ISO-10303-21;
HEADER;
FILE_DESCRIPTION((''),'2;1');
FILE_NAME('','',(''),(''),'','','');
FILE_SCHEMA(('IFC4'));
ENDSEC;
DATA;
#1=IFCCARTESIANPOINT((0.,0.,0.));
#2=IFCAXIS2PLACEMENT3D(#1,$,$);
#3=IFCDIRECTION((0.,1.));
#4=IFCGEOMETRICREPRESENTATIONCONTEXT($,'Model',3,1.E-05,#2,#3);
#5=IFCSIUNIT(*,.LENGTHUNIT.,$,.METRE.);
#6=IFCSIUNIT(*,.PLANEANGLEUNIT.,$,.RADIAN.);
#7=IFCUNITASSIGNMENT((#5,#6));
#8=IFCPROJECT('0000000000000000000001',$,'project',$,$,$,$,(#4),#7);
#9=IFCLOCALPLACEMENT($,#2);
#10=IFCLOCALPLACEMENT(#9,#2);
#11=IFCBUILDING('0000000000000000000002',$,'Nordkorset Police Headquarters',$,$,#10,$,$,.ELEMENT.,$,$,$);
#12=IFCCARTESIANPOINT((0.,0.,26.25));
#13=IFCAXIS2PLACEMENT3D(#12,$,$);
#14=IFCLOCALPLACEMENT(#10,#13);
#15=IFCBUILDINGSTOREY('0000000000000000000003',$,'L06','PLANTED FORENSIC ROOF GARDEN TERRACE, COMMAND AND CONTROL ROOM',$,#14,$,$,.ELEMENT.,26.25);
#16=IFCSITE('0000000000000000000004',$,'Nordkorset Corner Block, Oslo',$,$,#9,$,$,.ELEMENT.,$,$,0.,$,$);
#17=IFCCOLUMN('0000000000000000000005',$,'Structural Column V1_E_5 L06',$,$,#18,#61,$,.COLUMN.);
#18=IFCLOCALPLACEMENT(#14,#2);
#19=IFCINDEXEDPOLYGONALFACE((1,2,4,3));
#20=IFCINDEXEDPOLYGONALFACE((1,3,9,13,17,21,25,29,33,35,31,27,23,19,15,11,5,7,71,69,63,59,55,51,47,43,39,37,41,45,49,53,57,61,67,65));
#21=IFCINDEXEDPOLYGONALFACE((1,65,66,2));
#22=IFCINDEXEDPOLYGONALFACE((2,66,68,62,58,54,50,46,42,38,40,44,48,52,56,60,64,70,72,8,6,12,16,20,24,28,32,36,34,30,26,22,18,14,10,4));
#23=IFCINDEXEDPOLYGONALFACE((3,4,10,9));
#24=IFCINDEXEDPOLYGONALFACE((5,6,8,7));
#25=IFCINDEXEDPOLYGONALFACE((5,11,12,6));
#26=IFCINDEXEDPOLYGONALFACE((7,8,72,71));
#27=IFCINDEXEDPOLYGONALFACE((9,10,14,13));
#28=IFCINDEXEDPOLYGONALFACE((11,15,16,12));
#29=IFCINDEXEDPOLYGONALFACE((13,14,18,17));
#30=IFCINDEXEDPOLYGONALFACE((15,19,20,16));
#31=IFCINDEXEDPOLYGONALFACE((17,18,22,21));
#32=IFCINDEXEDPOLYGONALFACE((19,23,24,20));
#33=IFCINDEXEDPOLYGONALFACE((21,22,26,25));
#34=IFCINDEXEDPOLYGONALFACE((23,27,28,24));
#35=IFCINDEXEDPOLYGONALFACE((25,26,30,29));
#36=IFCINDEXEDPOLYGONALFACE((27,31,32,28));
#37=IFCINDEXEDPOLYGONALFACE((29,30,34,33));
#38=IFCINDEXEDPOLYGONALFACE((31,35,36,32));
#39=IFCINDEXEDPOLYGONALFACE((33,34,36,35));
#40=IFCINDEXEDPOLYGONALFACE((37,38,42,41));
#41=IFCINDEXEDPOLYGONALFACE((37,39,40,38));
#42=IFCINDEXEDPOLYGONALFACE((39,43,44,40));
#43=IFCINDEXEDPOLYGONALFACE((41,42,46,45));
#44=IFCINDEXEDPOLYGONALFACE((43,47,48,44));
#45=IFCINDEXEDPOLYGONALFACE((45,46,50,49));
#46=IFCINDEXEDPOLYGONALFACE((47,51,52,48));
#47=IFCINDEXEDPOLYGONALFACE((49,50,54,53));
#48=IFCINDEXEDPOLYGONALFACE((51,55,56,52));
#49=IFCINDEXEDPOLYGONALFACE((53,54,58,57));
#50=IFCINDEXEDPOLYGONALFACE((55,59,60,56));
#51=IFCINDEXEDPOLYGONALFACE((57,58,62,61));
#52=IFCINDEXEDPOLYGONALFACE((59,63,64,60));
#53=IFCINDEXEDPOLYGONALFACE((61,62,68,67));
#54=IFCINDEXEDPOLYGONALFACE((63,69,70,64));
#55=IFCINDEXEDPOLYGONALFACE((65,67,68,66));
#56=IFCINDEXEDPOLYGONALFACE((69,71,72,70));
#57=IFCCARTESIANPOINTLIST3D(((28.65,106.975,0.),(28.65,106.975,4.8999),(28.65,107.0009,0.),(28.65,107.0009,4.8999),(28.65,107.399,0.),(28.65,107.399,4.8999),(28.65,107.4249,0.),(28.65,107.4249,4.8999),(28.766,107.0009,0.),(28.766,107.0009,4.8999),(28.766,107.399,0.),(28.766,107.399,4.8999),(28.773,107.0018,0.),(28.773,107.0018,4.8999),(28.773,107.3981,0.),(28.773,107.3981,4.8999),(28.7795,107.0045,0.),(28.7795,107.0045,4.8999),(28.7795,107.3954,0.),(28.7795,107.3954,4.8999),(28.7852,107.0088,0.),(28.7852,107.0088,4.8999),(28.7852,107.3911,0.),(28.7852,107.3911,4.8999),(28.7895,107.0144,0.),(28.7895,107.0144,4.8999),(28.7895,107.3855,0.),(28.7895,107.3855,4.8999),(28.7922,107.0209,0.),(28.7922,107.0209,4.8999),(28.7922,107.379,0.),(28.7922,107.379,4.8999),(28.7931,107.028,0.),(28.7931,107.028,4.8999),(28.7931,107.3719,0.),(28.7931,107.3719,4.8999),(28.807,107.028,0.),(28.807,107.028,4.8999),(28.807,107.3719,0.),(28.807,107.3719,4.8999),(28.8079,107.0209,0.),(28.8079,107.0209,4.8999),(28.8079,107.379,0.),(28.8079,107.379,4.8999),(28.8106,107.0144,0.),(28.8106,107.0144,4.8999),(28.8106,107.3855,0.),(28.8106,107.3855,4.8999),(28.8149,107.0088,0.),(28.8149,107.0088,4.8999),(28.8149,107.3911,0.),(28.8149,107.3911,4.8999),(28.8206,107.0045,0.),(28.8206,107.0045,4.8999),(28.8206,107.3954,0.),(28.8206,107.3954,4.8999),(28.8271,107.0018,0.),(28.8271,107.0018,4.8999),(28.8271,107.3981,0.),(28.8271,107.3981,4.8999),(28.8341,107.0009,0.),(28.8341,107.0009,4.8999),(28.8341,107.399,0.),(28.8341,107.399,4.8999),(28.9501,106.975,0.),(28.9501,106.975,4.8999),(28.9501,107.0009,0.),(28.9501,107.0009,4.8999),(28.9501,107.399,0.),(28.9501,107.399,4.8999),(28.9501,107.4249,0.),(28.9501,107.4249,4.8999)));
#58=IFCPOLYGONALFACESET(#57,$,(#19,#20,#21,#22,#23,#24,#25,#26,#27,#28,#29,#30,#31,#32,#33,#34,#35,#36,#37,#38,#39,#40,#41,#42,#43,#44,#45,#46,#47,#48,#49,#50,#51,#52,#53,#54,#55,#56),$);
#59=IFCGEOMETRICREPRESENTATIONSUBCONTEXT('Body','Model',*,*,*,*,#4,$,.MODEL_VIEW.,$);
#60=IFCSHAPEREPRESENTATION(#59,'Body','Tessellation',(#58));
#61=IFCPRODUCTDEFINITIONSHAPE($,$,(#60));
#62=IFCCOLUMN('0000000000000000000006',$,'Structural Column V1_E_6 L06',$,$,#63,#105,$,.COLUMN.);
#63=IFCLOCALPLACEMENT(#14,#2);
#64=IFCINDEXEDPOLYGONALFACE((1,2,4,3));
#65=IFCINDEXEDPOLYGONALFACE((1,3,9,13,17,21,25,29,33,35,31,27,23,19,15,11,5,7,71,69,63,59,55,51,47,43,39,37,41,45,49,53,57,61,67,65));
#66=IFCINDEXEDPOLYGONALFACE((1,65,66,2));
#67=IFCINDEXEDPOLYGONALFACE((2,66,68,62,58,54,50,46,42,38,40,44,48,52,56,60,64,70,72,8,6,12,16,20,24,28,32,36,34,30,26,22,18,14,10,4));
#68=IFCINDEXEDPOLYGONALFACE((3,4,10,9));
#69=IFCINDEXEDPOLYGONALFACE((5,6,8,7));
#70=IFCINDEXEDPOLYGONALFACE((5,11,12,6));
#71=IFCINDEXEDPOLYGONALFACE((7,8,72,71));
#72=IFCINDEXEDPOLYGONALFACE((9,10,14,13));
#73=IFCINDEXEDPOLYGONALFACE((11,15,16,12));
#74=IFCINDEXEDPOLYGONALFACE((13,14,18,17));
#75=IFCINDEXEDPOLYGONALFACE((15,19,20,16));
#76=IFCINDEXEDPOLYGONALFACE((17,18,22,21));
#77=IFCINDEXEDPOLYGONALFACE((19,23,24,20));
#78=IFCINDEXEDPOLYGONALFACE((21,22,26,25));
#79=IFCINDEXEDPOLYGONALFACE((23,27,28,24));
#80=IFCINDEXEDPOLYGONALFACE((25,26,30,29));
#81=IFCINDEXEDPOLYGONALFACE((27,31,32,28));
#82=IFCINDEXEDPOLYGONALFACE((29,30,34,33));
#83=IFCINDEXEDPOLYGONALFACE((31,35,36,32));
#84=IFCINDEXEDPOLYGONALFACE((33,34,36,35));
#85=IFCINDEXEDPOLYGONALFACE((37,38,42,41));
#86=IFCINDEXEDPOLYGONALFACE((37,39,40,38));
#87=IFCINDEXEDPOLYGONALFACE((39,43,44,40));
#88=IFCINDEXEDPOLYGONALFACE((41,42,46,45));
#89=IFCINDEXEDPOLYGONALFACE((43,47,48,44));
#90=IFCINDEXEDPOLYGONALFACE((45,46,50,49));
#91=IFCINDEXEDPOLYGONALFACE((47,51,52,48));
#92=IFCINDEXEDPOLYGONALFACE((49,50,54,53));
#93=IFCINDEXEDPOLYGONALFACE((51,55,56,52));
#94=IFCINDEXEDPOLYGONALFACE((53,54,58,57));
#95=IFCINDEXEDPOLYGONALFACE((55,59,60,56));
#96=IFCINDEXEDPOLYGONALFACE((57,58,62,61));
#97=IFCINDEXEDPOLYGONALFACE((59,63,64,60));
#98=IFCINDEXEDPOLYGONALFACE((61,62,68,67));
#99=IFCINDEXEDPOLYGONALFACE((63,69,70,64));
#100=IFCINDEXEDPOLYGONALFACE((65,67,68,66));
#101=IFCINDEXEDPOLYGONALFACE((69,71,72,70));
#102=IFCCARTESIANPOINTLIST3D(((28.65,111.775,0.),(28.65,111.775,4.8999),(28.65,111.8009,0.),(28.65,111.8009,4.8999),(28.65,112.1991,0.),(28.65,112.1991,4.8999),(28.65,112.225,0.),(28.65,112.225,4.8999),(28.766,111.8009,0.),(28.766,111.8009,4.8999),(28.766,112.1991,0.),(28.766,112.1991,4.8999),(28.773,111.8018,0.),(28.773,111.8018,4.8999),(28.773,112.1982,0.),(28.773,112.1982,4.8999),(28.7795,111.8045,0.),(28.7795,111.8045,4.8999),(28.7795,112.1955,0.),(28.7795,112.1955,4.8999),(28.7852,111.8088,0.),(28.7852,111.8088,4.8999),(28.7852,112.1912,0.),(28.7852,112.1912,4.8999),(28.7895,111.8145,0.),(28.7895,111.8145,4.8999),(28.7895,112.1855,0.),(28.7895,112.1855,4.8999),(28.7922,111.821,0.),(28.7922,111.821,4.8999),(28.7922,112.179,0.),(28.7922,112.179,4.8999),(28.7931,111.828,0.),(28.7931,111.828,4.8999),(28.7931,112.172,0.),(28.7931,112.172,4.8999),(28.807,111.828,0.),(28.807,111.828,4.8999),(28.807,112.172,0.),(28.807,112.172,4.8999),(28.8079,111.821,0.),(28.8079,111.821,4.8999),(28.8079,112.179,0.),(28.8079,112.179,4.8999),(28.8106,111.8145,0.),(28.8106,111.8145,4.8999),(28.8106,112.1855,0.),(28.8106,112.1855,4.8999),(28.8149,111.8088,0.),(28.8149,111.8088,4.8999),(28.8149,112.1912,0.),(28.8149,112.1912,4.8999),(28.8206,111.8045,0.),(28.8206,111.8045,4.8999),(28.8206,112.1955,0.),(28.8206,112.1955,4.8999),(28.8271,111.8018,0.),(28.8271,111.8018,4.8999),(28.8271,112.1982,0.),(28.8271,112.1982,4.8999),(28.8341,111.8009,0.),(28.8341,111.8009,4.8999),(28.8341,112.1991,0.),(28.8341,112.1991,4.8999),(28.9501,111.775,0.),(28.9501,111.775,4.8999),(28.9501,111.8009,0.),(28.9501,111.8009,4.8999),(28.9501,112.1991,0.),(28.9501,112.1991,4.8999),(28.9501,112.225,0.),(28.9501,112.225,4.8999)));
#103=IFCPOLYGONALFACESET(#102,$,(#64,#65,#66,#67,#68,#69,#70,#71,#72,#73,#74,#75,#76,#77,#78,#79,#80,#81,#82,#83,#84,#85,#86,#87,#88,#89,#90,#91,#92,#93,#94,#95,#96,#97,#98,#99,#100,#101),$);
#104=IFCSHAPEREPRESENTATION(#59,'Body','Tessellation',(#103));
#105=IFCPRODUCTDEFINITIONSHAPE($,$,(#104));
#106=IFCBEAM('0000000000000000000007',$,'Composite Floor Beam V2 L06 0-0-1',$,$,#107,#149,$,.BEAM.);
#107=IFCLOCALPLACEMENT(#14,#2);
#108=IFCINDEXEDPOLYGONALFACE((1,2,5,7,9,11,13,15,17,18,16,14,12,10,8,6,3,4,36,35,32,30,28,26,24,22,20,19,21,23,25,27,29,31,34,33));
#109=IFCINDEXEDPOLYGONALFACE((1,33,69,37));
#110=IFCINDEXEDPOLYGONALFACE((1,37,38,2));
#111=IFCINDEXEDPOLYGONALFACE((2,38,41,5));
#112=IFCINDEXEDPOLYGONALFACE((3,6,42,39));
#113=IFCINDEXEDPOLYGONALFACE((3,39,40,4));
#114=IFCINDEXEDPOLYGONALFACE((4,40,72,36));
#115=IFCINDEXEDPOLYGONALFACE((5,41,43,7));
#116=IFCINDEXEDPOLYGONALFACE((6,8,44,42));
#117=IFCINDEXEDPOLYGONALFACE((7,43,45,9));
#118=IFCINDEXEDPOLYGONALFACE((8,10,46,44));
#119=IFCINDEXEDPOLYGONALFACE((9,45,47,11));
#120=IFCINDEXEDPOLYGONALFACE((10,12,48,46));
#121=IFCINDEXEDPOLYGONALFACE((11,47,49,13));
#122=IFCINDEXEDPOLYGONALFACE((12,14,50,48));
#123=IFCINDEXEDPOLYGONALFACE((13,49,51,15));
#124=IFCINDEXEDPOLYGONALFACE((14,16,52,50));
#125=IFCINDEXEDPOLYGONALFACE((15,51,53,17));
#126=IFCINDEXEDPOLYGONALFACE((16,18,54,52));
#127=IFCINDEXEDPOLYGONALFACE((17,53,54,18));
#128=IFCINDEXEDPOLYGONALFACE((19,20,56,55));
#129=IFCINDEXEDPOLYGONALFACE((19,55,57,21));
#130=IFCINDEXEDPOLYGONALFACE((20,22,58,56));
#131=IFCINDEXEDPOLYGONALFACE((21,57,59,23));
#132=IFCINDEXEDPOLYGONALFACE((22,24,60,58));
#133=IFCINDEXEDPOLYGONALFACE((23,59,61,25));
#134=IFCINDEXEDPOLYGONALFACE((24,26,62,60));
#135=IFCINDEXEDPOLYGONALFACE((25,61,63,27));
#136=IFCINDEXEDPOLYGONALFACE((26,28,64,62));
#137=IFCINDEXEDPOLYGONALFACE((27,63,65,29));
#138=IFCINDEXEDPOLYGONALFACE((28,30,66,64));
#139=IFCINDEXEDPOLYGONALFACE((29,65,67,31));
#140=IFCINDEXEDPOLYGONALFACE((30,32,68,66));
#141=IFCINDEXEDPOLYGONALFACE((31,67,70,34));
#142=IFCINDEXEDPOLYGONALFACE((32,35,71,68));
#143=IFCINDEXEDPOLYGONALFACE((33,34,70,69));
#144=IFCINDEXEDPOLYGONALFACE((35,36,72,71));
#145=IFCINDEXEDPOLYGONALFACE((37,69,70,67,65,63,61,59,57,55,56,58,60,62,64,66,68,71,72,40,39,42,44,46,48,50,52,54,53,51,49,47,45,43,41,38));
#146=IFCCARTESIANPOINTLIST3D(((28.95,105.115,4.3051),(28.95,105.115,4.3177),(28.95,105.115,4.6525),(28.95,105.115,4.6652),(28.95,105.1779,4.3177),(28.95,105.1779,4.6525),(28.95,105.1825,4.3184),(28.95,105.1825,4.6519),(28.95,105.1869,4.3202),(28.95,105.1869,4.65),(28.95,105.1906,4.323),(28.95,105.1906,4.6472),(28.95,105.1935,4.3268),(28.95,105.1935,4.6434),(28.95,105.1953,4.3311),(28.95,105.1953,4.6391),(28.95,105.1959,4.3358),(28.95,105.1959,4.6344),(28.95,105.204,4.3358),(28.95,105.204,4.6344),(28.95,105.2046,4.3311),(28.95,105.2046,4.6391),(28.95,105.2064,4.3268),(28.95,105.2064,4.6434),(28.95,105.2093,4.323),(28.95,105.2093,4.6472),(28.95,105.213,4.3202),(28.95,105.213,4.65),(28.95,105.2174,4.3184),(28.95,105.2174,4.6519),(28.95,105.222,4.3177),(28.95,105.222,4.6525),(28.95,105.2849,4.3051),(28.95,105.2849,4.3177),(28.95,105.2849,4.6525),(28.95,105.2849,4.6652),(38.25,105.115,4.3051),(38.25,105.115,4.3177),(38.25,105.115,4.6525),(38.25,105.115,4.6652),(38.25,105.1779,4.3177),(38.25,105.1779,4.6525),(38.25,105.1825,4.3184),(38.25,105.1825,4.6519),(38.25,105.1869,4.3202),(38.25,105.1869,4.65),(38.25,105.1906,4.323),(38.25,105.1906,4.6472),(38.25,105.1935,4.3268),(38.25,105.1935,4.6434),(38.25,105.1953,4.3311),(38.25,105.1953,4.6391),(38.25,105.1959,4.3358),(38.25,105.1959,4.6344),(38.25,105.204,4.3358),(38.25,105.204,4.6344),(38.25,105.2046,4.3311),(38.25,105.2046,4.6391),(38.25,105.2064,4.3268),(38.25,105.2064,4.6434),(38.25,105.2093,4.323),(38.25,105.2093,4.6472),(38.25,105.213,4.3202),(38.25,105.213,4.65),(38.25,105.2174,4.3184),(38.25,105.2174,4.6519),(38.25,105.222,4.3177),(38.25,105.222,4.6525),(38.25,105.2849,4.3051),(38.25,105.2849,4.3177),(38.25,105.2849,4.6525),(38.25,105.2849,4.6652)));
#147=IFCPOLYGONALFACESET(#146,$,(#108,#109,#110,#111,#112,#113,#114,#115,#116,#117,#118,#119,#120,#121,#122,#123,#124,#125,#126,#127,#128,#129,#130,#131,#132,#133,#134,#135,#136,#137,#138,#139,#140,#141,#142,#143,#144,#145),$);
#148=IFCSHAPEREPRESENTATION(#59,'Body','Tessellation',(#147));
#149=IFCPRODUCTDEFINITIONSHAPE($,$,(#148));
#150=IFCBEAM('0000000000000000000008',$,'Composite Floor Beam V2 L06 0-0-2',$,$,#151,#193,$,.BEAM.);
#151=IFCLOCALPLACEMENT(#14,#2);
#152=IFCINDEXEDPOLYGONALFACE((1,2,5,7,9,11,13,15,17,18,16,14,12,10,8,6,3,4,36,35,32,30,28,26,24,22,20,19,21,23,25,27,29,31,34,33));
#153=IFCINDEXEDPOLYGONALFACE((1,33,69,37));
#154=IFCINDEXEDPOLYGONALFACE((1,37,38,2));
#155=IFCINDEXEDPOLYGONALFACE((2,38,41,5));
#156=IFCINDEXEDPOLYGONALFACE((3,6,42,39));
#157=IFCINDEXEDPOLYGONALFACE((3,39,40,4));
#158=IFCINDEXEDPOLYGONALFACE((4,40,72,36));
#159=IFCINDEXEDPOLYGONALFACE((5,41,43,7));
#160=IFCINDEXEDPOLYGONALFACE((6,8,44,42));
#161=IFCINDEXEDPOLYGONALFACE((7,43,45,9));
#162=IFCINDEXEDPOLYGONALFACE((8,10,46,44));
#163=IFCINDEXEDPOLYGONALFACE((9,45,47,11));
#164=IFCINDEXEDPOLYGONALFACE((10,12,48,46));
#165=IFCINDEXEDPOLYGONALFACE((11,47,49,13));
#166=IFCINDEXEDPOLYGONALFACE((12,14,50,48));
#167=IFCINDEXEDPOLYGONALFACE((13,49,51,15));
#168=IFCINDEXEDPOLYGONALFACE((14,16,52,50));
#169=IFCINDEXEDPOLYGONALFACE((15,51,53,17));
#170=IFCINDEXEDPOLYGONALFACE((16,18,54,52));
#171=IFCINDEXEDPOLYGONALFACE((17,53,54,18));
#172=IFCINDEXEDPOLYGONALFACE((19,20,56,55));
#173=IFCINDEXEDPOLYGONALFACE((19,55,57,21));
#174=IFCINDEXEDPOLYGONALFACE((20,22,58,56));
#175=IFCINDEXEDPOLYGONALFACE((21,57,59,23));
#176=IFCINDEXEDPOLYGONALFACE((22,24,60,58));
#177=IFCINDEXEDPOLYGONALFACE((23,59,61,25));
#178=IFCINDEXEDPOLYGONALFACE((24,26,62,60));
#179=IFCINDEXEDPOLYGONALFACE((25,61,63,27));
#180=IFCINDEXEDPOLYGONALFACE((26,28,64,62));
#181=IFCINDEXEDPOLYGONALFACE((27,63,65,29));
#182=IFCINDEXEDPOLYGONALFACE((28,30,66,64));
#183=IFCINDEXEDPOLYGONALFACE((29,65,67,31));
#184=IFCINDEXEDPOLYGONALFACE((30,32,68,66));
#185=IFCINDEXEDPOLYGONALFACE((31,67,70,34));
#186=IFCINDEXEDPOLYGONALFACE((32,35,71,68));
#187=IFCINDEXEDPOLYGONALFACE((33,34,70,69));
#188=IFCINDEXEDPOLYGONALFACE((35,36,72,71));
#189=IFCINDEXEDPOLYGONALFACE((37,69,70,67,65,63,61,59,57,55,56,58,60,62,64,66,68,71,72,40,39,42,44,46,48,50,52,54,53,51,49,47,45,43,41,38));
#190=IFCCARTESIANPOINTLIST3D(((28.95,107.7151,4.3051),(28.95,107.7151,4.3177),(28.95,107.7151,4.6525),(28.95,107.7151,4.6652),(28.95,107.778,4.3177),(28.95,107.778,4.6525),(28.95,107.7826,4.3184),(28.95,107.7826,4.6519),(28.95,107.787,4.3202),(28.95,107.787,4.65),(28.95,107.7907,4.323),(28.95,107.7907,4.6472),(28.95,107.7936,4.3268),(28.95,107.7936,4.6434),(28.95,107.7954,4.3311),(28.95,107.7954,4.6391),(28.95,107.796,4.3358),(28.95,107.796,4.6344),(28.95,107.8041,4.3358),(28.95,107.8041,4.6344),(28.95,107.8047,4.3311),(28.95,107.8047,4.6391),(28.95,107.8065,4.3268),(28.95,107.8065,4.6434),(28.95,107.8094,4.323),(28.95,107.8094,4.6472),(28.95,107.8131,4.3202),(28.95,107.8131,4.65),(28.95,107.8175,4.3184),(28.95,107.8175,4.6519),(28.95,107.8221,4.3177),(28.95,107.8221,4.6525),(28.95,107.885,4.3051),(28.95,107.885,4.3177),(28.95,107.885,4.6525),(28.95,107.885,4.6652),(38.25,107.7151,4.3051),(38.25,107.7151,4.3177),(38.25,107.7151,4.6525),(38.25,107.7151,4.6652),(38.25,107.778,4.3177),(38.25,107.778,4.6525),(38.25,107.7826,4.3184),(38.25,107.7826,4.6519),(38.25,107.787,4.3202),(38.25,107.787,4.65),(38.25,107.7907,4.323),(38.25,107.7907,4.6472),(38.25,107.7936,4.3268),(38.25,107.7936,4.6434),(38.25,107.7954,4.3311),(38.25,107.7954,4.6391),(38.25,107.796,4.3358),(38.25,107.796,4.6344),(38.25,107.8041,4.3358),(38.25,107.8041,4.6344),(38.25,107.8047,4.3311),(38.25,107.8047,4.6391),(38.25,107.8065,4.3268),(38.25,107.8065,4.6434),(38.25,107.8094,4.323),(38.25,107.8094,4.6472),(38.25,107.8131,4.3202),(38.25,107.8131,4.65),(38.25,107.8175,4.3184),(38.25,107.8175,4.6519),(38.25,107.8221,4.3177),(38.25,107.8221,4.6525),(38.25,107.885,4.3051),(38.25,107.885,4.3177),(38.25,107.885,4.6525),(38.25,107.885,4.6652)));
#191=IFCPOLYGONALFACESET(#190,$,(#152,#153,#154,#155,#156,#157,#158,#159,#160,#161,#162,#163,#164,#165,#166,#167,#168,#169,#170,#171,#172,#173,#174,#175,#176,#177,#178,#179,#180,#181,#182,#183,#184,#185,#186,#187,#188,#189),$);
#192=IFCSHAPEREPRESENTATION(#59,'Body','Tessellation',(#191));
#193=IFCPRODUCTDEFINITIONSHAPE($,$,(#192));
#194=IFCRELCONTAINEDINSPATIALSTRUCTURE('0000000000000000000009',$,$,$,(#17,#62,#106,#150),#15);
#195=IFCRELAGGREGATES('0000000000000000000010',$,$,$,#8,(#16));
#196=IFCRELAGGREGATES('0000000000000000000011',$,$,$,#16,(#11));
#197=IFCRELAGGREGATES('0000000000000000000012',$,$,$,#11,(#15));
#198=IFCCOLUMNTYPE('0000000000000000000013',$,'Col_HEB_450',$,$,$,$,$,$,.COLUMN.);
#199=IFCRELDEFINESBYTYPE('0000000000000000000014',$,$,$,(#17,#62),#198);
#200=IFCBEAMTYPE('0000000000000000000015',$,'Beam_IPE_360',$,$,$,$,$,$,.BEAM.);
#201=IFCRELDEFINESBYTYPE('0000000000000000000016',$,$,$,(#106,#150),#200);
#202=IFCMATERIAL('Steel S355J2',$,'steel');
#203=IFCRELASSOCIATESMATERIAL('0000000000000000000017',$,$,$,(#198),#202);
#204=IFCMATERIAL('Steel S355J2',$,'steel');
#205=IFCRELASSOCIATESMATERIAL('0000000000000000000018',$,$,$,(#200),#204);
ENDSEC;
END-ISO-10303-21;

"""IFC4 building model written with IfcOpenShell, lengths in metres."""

from ifc_helpers import new_model, si_unit, direction, frame, origin, origin_2d, place, context, subcontext, project, spatial, i_section, extrude, material, material_profile, profile_set, type_object, element, save


model = new_model("IFC4")

# Units and contexts
model_context = context("Model", 3, precision=1e-05, world=origin(), true_north=direction((0.0, 1.0)))
body_context = subcontext(model_context, "Body", "Model", "MODEL_VIEW")
ifc_project = project(units=[si_unit("LENGTHUNIT", "METRE"), si_unit("PLANEANGLEUNIT", "RADIAN")], contexts=[model_context])

# Site, building, storey
site_placement = place(None, origin())
site = spatial("IfcSite", under=ifc_project, at=site_placement, Name="Nordkorset Corner Block, Oslo", CompositionType="ELEMENT", RefElevation=0.0)
building_placement = place(site_placement, origin())
building = spatial("IfcBuilding", under=site, at=building_placement, Name="Nordkorset Police Headquarters", CompositionType="ELEMENT")
storey_placement = place(building_placement, frame((0.0, 0.0, 26.25)))
storey = spatial("IfcBuildingStorey", under=building, at=storey_placement, Name="L06", Description="PLANTED FORENSIC ROOF GARDEN TERRACE, COMMAND AND CONTROL ROOM", CompositionType="ELEMENT", Elevation=26.25)

# Columns
ifc_material_1 = material(Name="Steel S355J2", Category="steel")
ifc_material_profile_1 = material_profile(ifc_material_1, i_section(OverallWidth=0.3, OverallDepth=0.45, WebThickness=0.0139, FlangeThickness=0.0259, FilletRadius=0.0271, at=origin_2d()), Name="HEB 450")
ifc_profile_set_1 = profile_set([ifc_material_profile_1], Name="Steel S355J2")
column_type = type_object("IfcColumnType", Name="Col_HEB_450", PredefinedType="COLUMN", material=ifc_profile_set_1)
for number, where, z_axis, x_axis, name in (
    (1, (28.8, 107.2, 0.0), (0.0, 0.0, 1.0), (1.0, 0.0, 0.0), "Structural Column V1_E_5 L06"),
    (2, (28.8, 112.0, 0.0), (0.0, 0.0, 1.0), (1.0, 0.0, 0.0), "Structural Column V1_E_6 L06"),
):
    element("IfcColumn", number, at=place(storey_placement, frame(where, z_axis=z_axis, x_axis=x_axis)), inside=storey, type_object=column_type, Name=name, PredefinedType="COLUMN", context=body_context, shape_type="SweptSolid", body=[
        extrude(i_section(OverallWidth=0.3, OverallDepth=0.45, WebThickness=0.0139, FlangeThickness=0.0259, FilletRadius=0.0271, at=origin_2d()), origin(), (0.0, 0.0, 1.0), 4.8999),
    ])

# Beams
ifc_material_2 = material(Name="Steel S355J2", Category="steel")
ifc_material_profile_2 = material_profile(ifc_material_2, i_section(OverallWidth=0.1699, OverallDepth=0.3601, WebThickness=0.0081, FlangeThickness=0.0127, FilletRadius=0.0181, at=origin_2d()), Name="IPE 360")
ifc_profile_set_2 = profile_set([ifc_material_profile_2], Name="Steel S355J2")
beam_type_1 = type_object("IfcBeamType", Name="Beam_IPE_360", PredefinedType="BEAM", material=ifc_profile_set_2)
for number, where, z_axis, x_axis, name in (
    (3, (28.95, 105.2, 4.4851), (1.0, 0.0, 0.0), (0.0, 1.0, 0.0), "Composite Floor Beam V2 L06 0-0-1"),
    (4, (28.95, 107.8, 4.4851), (1.0, 0.0, 0.0), (0.0, 1.0, 0.0), "Composite Floor Beam V2 L06 0-0-2"),
):
    element("IfcBeam", number, at=place(storey_placement, frame(where, z_axis=z_axis, x_axis=x_axis)), inside=storey, type_object=beam_type_1, Name=name, PredefinedType="BEAM", context=body_context, shape_type="SweptSolid", body=[
        extrude(i_section(OverallWidth=0.1699, OverallDepth=0.3601, WebThickness=0.0081, FlangeThickness=0.0127, FilletRadius=0.0181, at=origin_2d()), origin(), (0.0, 0.0, 1.0), 9.3),
    ])

save(model, "model.ifc")
